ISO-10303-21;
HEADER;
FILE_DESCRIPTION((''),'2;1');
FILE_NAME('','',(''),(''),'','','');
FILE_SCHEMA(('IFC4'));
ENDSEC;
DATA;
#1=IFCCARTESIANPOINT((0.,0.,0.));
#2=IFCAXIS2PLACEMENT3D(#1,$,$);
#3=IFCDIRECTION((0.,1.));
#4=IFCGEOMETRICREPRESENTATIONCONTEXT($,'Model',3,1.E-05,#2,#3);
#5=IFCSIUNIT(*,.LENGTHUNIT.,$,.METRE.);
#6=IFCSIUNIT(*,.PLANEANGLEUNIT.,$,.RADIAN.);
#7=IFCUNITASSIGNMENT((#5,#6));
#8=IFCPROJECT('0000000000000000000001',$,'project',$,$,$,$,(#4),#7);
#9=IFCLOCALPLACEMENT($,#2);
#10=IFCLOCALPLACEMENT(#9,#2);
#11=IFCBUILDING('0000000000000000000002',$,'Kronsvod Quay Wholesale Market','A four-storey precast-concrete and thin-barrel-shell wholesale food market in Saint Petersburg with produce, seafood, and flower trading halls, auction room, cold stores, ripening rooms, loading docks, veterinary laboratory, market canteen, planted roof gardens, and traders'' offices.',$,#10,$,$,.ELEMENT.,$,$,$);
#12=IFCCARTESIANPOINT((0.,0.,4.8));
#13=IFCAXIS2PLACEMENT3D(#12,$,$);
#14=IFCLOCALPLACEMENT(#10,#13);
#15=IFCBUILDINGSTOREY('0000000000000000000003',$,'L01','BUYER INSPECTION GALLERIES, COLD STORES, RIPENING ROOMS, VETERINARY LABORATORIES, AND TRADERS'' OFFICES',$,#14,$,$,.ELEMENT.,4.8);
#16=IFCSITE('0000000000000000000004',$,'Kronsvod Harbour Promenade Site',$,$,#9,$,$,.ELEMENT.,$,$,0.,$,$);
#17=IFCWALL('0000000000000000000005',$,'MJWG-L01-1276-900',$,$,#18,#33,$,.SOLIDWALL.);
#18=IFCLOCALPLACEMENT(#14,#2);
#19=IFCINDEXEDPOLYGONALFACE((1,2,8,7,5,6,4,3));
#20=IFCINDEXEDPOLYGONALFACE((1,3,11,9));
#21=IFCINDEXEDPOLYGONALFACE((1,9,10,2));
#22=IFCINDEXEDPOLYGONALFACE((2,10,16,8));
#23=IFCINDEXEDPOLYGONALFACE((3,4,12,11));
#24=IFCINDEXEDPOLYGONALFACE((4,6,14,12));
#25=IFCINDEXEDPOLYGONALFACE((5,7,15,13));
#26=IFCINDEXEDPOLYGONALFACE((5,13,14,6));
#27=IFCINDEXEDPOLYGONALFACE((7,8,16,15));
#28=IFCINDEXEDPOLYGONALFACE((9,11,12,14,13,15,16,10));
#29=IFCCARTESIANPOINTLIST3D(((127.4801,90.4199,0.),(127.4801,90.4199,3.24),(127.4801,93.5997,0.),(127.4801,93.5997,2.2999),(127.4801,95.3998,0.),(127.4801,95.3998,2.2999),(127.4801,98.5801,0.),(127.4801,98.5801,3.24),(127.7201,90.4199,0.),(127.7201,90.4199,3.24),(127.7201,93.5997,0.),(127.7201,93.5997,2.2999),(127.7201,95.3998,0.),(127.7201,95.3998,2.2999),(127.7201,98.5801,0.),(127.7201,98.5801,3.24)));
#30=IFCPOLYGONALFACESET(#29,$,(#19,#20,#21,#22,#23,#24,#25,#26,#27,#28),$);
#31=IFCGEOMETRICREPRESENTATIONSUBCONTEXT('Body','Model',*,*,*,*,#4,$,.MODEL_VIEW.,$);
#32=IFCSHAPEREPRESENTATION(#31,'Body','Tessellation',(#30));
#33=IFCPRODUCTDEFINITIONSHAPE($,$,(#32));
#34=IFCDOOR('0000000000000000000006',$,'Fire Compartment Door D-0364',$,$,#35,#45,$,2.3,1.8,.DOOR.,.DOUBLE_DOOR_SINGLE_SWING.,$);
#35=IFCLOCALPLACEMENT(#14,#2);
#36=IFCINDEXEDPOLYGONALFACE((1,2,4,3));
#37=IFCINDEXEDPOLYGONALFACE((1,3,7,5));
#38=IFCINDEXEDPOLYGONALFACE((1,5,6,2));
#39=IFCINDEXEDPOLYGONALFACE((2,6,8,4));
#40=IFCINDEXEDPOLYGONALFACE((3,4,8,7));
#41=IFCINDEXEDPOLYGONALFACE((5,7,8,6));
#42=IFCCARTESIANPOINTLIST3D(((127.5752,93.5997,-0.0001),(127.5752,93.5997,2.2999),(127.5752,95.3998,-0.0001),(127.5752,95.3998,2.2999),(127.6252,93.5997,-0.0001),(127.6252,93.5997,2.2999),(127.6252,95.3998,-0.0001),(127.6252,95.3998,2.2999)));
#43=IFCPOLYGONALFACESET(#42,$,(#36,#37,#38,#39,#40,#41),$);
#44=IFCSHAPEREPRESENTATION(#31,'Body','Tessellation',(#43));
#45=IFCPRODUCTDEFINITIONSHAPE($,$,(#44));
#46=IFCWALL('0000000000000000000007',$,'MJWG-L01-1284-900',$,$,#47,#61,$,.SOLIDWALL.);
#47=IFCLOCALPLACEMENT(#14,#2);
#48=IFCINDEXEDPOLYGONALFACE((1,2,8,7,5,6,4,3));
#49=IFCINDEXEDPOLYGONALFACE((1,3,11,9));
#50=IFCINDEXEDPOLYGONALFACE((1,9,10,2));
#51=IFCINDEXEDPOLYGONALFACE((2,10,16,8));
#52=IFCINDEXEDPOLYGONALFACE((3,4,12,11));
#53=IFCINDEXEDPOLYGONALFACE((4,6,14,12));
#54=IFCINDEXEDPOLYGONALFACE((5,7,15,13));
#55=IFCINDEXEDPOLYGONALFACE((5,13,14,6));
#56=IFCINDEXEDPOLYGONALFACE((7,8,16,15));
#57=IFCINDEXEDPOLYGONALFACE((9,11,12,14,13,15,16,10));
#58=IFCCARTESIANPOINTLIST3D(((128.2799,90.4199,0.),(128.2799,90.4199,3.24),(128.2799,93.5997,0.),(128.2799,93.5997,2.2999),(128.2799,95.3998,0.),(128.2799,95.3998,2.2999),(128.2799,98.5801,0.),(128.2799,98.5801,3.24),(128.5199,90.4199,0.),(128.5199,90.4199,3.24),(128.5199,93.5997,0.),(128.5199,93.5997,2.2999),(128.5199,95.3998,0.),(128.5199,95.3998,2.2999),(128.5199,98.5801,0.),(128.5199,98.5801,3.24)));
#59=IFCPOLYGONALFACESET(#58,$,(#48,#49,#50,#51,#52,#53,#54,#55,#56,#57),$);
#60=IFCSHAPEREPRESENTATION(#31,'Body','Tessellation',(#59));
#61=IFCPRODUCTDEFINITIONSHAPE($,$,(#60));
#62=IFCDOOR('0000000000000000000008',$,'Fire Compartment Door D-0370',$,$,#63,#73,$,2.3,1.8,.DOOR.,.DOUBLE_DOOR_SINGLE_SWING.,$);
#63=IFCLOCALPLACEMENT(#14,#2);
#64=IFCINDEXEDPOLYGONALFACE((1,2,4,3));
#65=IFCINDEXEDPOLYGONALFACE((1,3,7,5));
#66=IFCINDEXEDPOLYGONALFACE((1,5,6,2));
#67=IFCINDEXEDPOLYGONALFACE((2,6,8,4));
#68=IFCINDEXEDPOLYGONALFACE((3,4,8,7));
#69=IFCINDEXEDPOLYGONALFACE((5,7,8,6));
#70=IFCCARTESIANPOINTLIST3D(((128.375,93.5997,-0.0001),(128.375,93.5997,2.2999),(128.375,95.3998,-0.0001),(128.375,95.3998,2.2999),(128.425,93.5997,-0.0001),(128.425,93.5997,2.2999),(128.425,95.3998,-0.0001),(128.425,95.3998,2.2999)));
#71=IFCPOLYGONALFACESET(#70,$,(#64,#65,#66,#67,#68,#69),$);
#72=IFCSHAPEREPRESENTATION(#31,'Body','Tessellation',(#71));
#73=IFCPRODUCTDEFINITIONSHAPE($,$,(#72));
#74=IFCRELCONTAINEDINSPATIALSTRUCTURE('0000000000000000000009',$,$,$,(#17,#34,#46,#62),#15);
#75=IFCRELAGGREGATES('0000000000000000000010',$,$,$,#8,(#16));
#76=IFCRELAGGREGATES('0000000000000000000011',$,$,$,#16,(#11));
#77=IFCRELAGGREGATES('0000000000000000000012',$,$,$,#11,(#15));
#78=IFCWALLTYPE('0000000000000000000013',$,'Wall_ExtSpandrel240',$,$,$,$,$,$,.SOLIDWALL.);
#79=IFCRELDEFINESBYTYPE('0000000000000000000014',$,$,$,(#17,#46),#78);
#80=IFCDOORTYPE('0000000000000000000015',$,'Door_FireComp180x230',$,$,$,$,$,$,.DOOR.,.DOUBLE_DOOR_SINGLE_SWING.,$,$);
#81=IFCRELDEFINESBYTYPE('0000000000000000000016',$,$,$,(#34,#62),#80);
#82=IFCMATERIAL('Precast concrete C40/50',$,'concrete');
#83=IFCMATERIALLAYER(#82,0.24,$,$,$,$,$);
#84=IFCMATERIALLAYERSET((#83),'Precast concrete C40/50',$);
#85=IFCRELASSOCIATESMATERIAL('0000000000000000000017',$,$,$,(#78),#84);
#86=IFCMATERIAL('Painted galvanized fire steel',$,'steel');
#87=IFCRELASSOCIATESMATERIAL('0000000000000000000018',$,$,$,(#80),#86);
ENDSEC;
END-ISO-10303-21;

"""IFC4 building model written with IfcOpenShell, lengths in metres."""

from ifc_helpers import new_model, si_unit, direction, frame, frame_2d, origin, place, context, subcontext, project, spatial, rectangle, extrude, material, layer, layer_set, type_object, element, fill, save


model = new_model("IFC4")

# Units and contexts
model_context = context("Model", 3, precision=1e-05, world=origin(), true_north=direction((0.0, 1.0)))
body_context = subcontext(model_context, "Body", "Model", "MODEL_VIEW")
ifc_project = project(units=[si_unit("LENGTHUNIT", "METRE"), si_unit("PLANEANGLEUNIT", "RADIAN")], contexts=[model_context])

# Site, building, storey
site_placement = place(None, origin())
site = spatial("IfcSite", under=ifc_project, at=site_placement, Name="Kronsvod Harbour Promenade Site", CompositionType="ELEMENT", RefElevation=0.0)
building_placement = place(site_placement, origin())
building = spatial("IfcBuilding", under=site, at=building_placement, Name="Kronsvod Quay Wholesale Market", Description="A four-storey precast-concrete and thin-barrel-shell wholesale food market in Saint Petersburg with produce, seafood, and flower trading halls, auction room, cold stores, ripening rooms, loading docks, veterinary laboratory, market canteen, planted roof gardens, and traders' offices.", CompositionType="ELEMENT")
storey_placement = place(building_placement, frame((0.0, 0.0, 4.8)))
storey = spatial("IfcBuildingStorey", under=building, at=storey_placement, Name="L01", Description="BUYER INSPECTION GALLERIES, COLD STORES, RIPENING ROOMS, VETERINARY LABORATORIES, AND TRADERS' OFFICES", CompositionType="ELEMENT", Elevation=4.8)

# Walls, openings, doors
ifc_material_1 = material(Name="Precast concrete C40/50", Category="concrete")
ifc_layer = layer(ifc_material_1, 0.24)
ifc_layer_set = layer_set([ifc_layer], Name="Precast concrete C40/50")
wall_type = type_object("IfcWallType", Name="Wall_ExtSpandrel240", PredefinedType="SOLIDWALL", material=ifc_layer_set)
wall_1_placement = place(storey_placement, frame((127.6001, 90.4199, 0.0), z_axis=(0.0, 0.0, 1.0), x_axis=(0.0, 1.0, 0.0)))
wall_1 = element("IfcWall", 1, at=wall_1_placement, inside=storey, type_object=wall_type, Name="MJWG-L01-1276-900", PredefinedType="SOLIDWALL", context=body_context, shape_type="SweptSolid", body=[
    extrude(rectangle(XDim=8.1602, YDim=0.24, at=frame_2d((4.0801, 0.0))), origin(), (0.0, 0.0, 1.0), 3.24),
])
opening_1_placement = place(wall_1_placement, frame((3.1799, 0.0, 0.0)))
opening_1 = element("IfcOpeningElement", 2, at=opening_1_placement, cuts=wall_1, PredefinedType="OPENING", context=body_context, shape_type="SweptSolid", body=[
    extrude(rectangle(XDim=1.8, YDim=2.3, at=frame_2d((0.8999, 1.1499))), frame((0.0, 0.1299, 0.0), z_axis=(0.0, -1.0, 0.0), x_axis=(1.0, 0.0, 0.0)), (0.0, 0.0, 1.0), 0.26),
])
ifc_material_2 = material(Name="Painted galvanized fire steel", Category="steel")
door_type = type_object("IfcDoorType", Name="Door_FireComp180x230", OperationType="DOUBLE_DOOR_SINGLE_SWING", PredefinedType="DOOR", material=ifc_material_2)
door_1_placement = place(opening_1_placement, origin())
door_1 = element("IfcDoor", 3, at=door_1_placement, inside=storey, type_object=door_type, Name="Fire Compartment Door D-0364", OperationType="DOUBLE_DOOR_SINGLE_SWING", OverallHeight=2.3, OverallWidth=1.8, PredefinedType="DOOR", context=body_context, shape_type="SweptSolid", body=[
    extrude(rectangle(XDim=1.8, YDim=2.3, at=frame_2d((0.8999, 1.1499))), frame((0.0, 0.0249, 0.0), z_axis=(0.0, -1.0, 0.0), x_axis=(1.0, 0.0, 0.0)), (0.0, 0.0, 1.0), 0.05),
])
fill(opening_1, door_1)
wall_2_placement = place(storey_placement, frame((128.3999, 90.4199, 0.0), z_axis=(0.0, 0.0, 1.0), x_axis=(0.0, 1.0, 0.0)))
wall_2 = element("IfcWall", 4, at=wall_2_placement, inside=storey, type_object=wall_type, Name="MJWG-L01-1284-900", PredefinedType="SOLIDWALL", context=body_context, shape_type="SweptSolid", body=[
    extrude(rectangle(XDim=8.1602, YDim=0.24, at=frame_2d((4.0801, 0.0))), origin(), (0.0, 0.0, 1.0), 3.24),
])
opening_2_placement = place(wall_2_placement, frame((3.1799, 0.0, 0.0)))
opening_2 = element("IfcOpeningElement", 5, at=opening_2_placement, cuts=wall_2, PredefinedType="OPENING", context=body_context, shape_type="SweptSolid", body=[
    extrude(rectangle(XDim=1.8, YDim=2.3, at=frame_2d((0.8999, 1.1499))), frame((0.0, 0.1299, 0.0), z_axis=(0.0, -1.0, 0.0), x_axis=(1.0, 0.0, 0.0)), (0.0, 0.0, 1.0), 0.26),
])
door_2_placement = place(opening_2_placement, origin())
door_2 = element("IfcDoor", 6, at=door_2_placement, inside=storey, type_object=door_type, Name="Fire Compartment Door D-0370", OperationType="DOUBLE_DOOR_SINGLE_SWING", OverallHeight=2.3, OverallWidth=1.8, PredefinedType="DOOR", context=body_context, shape_type="SweptSolid", body=[
    extrude(rectangle(XDim=1.8, YDim=2.3, at=frame_2d((0.8999, 1.1499))), frame((0.0, 0.0249, 0.0), z_axis=(0.0, -1.0, 0.0), x_axis=(1.0, 0.0, 0.0)), (0.0, 0.0, 1.0), 0.05),
])
fill(opening_2, door_2)

save(model, "model.ifc")
